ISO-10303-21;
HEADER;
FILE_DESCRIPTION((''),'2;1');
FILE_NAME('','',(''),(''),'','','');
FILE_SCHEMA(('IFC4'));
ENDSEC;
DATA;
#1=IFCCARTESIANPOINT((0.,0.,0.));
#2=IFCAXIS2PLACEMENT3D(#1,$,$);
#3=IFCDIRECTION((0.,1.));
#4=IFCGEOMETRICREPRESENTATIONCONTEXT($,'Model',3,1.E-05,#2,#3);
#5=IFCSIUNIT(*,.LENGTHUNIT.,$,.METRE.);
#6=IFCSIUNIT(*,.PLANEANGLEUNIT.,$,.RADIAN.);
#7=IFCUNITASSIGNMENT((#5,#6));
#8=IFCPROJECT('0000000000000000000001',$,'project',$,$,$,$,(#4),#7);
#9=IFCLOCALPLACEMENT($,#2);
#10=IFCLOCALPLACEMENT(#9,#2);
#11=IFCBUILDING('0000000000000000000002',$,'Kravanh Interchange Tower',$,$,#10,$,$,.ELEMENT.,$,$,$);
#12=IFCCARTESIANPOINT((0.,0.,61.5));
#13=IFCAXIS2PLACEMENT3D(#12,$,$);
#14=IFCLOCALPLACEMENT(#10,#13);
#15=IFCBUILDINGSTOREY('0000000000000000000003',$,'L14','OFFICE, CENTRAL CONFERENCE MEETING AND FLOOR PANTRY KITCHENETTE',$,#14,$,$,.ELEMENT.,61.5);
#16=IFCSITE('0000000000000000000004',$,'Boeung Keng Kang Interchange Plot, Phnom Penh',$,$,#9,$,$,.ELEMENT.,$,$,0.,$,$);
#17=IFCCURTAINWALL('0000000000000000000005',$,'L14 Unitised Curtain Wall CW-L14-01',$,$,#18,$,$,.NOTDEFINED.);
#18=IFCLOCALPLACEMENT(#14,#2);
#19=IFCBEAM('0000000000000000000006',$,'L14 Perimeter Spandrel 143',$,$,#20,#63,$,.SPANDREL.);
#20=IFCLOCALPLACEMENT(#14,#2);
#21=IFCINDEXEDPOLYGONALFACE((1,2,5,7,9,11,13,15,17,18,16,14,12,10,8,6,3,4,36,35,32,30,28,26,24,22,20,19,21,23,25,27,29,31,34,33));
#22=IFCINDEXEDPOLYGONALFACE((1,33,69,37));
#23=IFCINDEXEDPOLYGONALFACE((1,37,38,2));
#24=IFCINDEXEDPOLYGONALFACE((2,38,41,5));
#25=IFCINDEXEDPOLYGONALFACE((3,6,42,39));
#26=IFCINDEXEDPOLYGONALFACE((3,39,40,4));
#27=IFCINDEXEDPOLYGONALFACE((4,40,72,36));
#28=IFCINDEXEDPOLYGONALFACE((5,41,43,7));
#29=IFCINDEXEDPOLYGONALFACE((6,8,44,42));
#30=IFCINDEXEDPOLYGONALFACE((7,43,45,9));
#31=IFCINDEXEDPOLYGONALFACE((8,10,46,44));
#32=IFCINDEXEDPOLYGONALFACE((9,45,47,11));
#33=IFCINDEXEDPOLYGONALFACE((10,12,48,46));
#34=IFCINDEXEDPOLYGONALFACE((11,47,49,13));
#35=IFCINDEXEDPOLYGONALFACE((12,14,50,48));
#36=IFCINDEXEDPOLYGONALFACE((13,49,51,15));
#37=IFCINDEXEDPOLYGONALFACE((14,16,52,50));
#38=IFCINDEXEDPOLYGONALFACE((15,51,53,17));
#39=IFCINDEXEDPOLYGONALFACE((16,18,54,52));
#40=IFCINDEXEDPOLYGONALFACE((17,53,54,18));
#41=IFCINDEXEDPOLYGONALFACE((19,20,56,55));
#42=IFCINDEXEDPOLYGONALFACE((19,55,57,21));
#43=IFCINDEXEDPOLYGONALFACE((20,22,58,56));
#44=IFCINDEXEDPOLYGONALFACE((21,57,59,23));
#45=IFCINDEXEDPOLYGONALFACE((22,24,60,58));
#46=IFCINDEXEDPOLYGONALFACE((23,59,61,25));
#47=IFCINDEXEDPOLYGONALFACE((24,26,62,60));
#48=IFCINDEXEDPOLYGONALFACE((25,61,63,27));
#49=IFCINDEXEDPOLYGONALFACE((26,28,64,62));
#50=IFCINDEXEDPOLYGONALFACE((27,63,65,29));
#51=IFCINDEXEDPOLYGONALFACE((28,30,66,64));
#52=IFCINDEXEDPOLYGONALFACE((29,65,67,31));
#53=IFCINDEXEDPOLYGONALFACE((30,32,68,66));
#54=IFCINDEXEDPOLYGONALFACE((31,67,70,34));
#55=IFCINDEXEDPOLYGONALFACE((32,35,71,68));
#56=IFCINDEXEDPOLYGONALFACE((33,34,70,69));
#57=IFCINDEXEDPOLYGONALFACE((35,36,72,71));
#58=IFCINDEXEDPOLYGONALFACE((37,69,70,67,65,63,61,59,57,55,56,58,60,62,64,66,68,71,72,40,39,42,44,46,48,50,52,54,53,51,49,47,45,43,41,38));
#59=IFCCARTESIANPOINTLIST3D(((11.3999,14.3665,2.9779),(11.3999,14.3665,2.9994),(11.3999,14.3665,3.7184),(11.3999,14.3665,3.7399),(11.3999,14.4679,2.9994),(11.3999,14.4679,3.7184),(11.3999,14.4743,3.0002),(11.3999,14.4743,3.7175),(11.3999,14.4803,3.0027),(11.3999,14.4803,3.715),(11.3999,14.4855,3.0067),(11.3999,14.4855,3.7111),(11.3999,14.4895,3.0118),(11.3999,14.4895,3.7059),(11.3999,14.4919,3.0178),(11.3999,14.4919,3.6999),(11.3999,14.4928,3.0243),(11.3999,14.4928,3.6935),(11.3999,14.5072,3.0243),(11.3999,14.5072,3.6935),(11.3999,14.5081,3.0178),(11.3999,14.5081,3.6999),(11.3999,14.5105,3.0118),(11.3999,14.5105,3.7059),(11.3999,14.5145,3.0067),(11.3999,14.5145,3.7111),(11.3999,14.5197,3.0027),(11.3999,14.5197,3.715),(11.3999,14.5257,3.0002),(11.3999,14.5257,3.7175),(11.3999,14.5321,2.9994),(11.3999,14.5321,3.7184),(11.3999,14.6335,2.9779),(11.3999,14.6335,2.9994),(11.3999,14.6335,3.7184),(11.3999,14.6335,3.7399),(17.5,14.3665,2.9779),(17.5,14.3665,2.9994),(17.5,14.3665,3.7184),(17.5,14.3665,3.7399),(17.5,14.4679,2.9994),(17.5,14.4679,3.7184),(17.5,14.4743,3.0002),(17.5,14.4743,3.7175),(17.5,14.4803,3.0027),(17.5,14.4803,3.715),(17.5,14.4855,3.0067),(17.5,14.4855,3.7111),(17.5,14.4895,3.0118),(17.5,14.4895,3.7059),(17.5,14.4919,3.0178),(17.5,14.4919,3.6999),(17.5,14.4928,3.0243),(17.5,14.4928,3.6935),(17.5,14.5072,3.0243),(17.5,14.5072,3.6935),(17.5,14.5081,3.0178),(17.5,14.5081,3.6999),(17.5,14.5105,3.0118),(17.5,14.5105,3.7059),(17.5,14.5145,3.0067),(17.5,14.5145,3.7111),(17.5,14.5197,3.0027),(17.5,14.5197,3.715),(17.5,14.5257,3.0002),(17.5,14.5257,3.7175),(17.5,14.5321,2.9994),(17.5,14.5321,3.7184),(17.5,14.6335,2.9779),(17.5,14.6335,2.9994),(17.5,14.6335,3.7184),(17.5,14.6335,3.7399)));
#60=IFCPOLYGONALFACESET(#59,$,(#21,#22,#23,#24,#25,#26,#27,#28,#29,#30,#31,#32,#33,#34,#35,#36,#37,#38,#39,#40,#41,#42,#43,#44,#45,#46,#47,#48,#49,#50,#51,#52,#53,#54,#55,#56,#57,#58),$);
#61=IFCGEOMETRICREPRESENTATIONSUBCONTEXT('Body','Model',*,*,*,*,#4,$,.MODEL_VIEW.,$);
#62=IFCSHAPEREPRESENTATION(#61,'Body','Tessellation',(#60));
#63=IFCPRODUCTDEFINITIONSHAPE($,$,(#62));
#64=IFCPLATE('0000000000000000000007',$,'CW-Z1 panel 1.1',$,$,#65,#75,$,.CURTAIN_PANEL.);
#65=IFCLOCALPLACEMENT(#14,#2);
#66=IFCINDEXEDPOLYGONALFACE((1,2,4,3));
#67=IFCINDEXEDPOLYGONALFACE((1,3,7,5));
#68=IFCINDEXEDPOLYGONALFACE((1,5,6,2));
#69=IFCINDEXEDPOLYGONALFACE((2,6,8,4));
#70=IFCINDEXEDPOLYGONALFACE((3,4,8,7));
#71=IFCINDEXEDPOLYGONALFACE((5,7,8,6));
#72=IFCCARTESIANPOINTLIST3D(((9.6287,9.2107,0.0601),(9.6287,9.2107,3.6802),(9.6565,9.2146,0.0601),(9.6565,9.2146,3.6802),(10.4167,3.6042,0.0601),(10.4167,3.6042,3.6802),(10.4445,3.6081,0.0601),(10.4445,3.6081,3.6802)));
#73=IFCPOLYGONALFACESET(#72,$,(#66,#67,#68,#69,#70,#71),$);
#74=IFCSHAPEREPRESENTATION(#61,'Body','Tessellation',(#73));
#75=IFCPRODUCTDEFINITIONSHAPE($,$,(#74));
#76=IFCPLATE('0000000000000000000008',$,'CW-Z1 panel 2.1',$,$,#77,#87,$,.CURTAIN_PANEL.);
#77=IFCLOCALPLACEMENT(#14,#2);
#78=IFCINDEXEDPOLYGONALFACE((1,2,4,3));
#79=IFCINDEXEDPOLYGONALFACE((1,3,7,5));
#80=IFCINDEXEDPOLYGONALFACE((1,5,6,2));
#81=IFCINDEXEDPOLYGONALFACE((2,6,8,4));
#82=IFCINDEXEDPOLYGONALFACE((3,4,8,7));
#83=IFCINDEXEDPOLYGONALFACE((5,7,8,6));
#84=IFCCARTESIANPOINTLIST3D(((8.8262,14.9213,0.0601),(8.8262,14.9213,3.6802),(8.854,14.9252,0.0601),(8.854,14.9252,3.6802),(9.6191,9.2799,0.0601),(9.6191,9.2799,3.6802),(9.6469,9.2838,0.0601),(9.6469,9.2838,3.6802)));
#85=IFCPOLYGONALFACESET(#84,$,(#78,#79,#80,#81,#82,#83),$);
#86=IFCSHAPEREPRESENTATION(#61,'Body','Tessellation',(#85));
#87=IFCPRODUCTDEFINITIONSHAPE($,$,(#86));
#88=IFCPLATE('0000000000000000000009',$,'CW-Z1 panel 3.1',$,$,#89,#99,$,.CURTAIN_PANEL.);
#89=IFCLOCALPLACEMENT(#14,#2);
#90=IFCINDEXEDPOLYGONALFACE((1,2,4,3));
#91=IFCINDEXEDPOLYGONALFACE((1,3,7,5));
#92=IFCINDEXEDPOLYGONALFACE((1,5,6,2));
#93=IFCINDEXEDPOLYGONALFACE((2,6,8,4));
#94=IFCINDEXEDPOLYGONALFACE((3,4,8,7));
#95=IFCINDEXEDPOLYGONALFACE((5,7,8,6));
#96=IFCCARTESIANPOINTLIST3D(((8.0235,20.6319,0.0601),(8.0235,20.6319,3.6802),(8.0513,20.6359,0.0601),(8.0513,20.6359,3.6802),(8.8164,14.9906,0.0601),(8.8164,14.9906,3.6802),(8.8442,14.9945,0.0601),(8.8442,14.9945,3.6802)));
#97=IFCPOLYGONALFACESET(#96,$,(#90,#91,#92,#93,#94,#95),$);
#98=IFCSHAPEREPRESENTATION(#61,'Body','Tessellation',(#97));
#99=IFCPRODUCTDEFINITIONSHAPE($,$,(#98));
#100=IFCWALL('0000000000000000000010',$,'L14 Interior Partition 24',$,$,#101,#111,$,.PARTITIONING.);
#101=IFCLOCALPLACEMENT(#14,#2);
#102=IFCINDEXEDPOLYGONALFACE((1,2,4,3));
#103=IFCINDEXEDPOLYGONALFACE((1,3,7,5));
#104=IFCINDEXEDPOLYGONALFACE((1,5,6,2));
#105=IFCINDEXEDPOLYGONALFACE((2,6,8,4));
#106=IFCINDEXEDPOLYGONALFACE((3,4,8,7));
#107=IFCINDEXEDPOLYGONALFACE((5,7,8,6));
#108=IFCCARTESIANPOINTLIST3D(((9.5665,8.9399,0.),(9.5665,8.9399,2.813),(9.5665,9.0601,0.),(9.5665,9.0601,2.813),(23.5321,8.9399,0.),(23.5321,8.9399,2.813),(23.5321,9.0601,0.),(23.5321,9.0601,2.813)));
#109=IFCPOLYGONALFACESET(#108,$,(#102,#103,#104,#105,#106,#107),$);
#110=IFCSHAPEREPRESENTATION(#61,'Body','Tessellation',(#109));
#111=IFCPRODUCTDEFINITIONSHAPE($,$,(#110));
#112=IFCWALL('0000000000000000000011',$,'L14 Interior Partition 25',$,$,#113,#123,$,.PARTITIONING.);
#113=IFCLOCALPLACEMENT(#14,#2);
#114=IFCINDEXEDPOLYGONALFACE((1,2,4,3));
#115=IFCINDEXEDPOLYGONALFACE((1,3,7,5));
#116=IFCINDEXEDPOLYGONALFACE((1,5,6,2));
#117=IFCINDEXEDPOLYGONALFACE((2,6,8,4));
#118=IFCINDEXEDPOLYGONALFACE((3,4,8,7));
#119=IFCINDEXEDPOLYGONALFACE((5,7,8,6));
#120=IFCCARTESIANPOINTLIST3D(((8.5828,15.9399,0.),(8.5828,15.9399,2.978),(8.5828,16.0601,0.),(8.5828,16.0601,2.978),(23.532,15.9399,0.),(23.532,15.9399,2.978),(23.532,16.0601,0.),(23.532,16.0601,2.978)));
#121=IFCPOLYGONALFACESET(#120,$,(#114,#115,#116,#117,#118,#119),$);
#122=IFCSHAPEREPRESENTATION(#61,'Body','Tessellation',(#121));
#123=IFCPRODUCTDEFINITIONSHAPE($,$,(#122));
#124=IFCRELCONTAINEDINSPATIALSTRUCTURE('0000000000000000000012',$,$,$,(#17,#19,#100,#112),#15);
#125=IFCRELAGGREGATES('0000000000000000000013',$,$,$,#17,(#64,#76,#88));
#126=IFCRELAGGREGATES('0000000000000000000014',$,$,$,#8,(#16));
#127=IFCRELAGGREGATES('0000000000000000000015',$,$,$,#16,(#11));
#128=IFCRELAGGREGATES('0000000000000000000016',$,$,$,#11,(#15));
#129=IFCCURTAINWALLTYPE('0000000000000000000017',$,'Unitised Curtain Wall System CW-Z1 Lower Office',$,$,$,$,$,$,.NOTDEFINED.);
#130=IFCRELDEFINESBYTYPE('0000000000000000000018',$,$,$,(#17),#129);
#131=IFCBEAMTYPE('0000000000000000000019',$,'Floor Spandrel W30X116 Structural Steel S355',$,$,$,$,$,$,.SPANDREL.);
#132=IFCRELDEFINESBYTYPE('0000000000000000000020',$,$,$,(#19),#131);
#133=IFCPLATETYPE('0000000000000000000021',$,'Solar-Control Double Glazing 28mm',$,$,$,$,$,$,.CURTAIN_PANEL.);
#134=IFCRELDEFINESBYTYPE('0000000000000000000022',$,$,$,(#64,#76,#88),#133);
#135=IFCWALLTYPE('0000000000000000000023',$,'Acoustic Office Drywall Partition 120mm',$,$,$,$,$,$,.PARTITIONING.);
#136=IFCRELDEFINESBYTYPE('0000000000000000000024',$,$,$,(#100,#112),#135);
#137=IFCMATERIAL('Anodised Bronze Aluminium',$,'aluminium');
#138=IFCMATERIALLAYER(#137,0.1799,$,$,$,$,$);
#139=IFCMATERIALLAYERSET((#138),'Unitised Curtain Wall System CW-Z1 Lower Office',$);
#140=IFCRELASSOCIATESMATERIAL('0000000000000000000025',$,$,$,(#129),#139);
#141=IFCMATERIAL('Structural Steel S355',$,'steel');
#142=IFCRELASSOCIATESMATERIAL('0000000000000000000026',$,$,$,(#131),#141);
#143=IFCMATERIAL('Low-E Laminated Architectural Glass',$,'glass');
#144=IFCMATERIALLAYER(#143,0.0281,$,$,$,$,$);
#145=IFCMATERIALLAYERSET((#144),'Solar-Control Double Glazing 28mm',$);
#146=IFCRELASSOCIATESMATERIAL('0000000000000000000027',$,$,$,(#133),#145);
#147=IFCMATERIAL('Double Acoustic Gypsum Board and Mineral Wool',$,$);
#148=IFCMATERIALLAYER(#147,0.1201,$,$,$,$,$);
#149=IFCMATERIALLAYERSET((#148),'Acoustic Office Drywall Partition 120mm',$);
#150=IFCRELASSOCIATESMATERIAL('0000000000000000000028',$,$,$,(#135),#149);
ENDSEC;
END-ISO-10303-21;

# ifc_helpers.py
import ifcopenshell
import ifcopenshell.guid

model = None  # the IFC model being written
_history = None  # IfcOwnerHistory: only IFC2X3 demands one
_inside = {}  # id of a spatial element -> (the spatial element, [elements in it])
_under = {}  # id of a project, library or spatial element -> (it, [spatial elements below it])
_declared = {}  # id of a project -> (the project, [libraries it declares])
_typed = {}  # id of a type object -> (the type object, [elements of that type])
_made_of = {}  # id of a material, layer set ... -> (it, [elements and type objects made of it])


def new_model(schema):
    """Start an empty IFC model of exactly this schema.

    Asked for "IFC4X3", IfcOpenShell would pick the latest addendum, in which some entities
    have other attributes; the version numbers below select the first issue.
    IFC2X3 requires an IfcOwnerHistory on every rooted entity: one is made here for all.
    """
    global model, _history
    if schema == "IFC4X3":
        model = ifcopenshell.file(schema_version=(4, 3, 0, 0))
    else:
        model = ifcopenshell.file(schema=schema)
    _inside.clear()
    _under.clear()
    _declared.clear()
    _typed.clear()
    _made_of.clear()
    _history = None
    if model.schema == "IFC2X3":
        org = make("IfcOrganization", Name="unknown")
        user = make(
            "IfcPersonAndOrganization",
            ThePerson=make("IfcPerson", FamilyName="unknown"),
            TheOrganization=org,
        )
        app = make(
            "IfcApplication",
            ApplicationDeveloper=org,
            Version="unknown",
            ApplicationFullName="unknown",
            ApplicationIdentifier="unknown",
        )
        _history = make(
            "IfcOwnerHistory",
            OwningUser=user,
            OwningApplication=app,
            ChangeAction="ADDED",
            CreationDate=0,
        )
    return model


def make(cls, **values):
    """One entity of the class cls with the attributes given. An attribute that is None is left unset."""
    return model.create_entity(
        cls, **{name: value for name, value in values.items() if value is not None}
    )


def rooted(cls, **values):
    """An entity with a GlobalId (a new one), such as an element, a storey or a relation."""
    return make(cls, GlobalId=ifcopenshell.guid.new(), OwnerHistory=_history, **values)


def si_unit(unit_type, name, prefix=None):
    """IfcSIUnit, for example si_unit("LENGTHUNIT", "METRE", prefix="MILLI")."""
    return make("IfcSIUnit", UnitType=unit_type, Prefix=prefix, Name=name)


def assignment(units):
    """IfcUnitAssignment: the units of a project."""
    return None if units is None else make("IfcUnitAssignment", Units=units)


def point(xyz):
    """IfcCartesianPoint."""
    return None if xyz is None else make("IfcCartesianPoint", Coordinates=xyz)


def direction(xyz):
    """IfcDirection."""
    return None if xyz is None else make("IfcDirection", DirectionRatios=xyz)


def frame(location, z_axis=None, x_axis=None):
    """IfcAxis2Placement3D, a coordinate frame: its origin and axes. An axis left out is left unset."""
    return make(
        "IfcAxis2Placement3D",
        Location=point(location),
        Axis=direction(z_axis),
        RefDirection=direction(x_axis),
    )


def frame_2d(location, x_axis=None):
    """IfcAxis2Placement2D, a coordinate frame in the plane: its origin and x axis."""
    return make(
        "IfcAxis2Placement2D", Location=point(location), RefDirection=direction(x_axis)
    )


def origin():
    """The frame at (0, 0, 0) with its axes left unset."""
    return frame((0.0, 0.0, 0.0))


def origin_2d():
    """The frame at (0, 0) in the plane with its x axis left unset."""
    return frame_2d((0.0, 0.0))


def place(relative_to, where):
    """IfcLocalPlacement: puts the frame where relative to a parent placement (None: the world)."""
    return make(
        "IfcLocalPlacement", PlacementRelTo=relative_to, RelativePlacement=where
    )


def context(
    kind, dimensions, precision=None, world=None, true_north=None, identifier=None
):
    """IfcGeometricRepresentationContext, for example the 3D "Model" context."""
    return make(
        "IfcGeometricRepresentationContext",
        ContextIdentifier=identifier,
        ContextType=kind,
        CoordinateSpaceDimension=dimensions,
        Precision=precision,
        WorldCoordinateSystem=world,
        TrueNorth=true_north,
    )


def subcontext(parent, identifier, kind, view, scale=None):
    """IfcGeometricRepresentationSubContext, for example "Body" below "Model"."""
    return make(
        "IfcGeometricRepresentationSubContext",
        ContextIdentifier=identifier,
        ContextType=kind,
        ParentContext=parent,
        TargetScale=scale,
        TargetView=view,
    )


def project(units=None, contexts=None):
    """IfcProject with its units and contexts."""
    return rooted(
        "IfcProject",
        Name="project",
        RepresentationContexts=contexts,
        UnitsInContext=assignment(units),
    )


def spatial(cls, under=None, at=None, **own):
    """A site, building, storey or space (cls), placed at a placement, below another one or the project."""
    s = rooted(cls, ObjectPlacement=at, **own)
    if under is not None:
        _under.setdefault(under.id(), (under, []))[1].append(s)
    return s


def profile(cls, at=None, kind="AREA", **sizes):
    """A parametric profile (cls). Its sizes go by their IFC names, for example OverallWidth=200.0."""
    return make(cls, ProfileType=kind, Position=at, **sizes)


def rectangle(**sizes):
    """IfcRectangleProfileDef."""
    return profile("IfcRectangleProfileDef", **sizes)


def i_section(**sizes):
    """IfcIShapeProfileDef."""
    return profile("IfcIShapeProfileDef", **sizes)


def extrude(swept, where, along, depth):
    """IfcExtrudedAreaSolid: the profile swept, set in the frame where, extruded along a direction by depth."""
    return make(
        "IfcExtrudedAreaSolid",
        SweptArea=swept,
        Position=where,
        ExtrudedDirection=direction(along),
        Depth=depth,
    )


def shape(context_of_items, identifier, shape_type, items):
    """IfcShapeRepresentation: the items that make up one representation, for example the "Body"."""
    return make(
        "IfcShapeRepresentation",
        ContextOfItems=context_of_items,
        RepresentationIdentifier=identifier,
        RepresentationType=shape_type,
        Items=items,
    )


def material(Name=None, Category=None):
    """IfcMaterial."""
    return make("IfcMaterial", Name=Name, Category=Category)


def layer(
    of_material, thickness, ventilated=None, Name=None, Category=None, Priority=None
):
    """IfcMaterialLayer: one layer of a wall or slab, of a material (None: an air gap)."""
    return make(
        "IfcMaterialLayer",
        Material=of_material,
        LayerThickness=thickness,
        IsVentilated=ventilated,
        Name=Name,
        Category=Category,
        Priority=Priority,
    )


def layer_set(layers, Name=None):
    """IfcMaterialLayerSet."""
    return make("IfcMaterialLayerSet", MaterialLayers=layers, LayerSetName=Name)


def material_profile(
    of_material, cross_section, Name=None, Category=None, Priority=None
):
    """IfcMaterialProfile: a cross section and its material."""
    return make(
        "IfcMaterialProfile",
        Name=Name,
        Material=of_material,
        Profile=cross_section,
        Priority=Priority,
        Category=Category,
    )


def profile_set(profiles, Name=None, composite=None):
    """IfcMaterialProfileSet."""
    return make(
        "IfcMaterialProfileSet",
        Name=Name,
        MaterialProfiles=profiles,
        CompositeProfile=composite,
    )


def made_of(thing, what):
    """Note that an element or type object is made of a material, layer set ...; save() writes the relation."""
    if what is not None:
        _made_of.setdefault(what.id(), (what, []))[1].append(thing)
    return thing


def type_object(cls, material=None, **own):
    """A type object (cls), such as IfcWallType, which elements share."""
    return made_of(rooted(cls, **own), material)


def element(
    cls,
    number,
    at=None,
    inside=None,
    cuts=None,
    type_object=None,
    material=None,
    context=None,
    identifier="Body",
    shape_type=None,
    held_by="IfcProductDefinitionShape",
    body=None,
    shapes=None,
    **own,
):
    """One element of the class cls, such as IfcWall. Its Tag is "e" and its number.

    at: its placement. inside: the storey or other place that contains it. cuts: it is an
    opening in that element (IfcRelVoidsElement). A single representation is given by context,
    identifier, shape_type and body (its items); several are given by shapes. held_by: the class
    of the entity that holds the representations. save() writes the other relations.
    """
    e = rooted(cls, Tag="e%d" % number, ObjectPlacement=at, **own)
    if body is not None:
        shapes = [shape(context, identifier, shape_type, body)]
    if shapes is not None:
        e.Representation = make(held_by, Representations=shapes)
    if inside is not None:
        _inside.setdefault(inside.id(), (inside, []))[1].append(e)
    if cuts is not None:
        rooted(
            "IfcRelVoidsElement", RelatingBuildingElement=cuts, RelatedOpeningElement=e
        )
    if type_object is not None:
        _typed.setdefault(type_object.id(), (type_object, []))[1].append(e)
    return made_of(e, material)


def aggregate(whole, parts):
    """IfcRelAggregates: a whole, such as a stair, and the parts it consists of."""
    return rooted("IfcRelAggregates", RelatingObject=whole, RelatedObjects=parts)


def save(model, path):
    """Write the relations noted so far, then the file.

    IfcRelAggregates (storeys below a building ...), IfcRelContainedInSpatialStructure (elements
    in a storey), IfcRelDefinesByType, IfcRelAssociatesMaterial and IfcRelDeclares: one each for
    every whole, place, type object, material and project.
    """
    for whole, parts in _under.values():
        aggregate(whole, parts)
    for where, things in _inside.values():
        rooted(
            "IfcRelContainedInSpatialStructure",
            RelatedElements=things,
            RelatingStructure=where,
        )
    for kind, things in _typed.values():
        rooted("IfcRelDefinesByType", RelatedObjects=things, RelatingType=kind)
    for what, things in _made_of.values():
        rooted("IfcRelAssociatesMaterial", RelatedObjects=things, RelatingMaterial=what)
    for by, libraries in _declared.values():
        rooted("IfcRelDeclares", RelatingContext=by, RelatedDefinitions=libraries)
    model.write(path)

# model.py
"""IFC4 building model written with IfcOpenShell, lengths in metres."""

from ifc_helpers import new_model, si_unit, direction, frame, frame_2d, origin, origin_2d, place, context, subcontext, project, spatial, rectangle, i_section, extrude, material, layer, layer_set, material_profile, profile_set, type_object, element, aggregate, save


model = new_model("IFC4")

# Units and contexts
model_context = context("Model", 3, precision=1e-05, world=origin(), true_north=direction((0.0, 1.0)))
body_context = subcontext(model_context, "Body", "Model", "MODEL_VIEW")
ifc_project = project(units=[si_unit("LENGTHUNIT", "METRE"), si_unit("PLANEANGLEUNIT", "RADIAN")], contexts=[model_context])

# Site, building, storey
site_placement = place(None, origin())
site = spatial("IfcSite", under=ifc_project, at=site_placement, Name="Boeung Keng Kang Interchange Plot, Phnom Penh", CompositionType="ELEMENT", RefElevation=0.0)
building_placement = place(site_placement, origin())
building = spatial("IfcBuilding", under=site, at=building_placement, Name="Kravanh Interchange Tower", CompositionType="ELEMENT")
storey_placement = place(building_placement, frame((0.0, 0.0, 61.5)))
storey = spatial("IfcBuildingStorey", under=building, at=storey_placement, Name="L14", Description="OFFICE, CENTRAL CONFERENCE MEETING AND FLOOR PANTRY KITCHENETTE", CompositionType="ELEMENT", Elevation=61.5)

# Curtain wall
ifc_material_1 = material(Name="Anodised Bronze Aluminium", Category="aluminium")
ifc_layer_1 = layer(ifc_material_1, 0.1799)
ifc_layer_set_1 = layer_set([ifc_layer_1], Name="Unitised Curtain Wall System CW-Z1 Lower Office")
curtain_wall_type = type_object("IfcCurtainWallType", Name="Unitised Curtain Wall System CW-Z1 Lower Office", PredefinedType="NOTDEFINED", material=ifc_layer_set_1)
curtain_wall_placement = place(storey_placement, origin())
curtain_wall = element("IfcCurtainWall", 1, at=curtain_wall_placement, inside=storey, type_object=curtain_wall_type, Name="L14 Unitised Curtain Wall CW-L14-01", PredefinedType="NOTDEFINED")

# Beam
ifc_material_2 = material(Name="Structural Steel S355", Category="steel")
ifc_material_profile_1 = material_profile(ifc_material_2, i_section(OverallWidth=0.2671, OverallDepth=0.762, WebThickness=0.0144, FlangeThickness=0.0215, FilletRadius=0.0249, at=origin_2d()), Name="W30X116")
ifc_profile_set_1 = profile_set([ifc_material_profile_1], Name="Structural Steel S355")
beam_type_1 = type_object("IfcBeamType", Name="Floor Spandrel W30X116 Structural Steel S355", PredefinedType="SPANDREL", material=ifc_profile_set_1)
beam_1_placement = place(storey_placement, frame((11.3999, 14.5, 3.3589), z_axis=(1.0, 0.0, 0.0), x_axis=(0.0, 1.0, 0.0)))
element("IfcBeam", 2, at=beam_1_placement, inside=storey, type_object=beam_type_1, Name="L14 Perimeter Spandrel 143", PredefinedType="SPANDREL", context=body_context, shape_type="SweptSolid", body=[
    extrude(i_section(OverallWidth=0.2671, OverallDepth=0.762, WebThickness=0.0144, FlangeThickness=0.0215, FilletRadius=0.0249, at=origin_2d()), origin(), (0.0, 0.0, 1.0), 6.1001),
])

# Plates
ifc_material_3 = material(Name="Low-E Laminated Architectural Glass", Category="glass")
ifc_layer_2 = layer(ifc_material_3, 0.0281)
ifc_layer_set_2 = layer_set([ifc_layer_2], Name="Solar-Control Double Glazing 28mm")
plate_type = type_object("IfcPlateType", Name="Solar-Control Double Glazing 28mm", PredefinedType="CURTAIN_PANEL", material=ifc_layer_set_2)
plate_1_placement = place(storey_placement, frame((10.0366, 6.4094, 0.0601), z_axis=(0.0, 0.0, 1.0), x_axis=(-0.139177, 0.990268, 0.0)))
plate_1 = element("IfcPlate", 3, at=plate_1_placement, type_object=plate_type, Name="CW-Z1 panel 1.1", PredefinedType="CURTAIN_PANEL", context=body_context, shape_type="SweptSolid", body=[
    extrude(rectangle(XDim=5.6616, YDim=0.0281, at=origin_2d()), origin(), (0.0, 0.0, 1.0), 3.6201),
])
plate_2_placement = place(storey_placement, frame((9.2366, 12.1025, 0.0601), z_axis=(0.0, 0.0, 1.0), x_axis=(-0.139177, 0.990268, 0.0)))
plate_2 = element("IfcPlate", 4, at=plate_2_placement, type_object=plate_type, Name="CW-Z1 panel 2.1", PredefinedType="CURTAIN_PANEL", context=body_context, shape_type="SweptSolid", body=[
    extrude(rectangle(XDim=5.6968, YDim=0.0281, at=origin_2d()), origin(), (0.0, 0.0, 1.0), 3.6201),
])
plate_3_placement = place(storey_placement, frame((8.4338, 17.8132, 0.0601), z_axis=(0.0, 0.0, 1.0), x_axis=(-0.139177, 0.990268, 0.0)))
plate_3 = element("IfcPlate", 5, at=plate_3_placement, type_object=plate_type, Name="CW-Z1 panel 3.1", PredefinedType="CURTAIN_PANEL", context=body_context, shape_type="SweptSolid", body=[
    extrude(rectangle(XDim=5.6968, YDim=0.0281, at=origin_2d()), origin(), (0.0, 0.0, 1.0), 3.6201),
])
aggregate(curtain_wall, [plate_1, plate_2, plate_3])

# Walls
ifc_material_4 = material(Name="Double Acoustic Gypsum Board and Mineral Wool")
ifc_layer_3 = layer(ifc_material_4, 0.1201)
ifc_layer_set_3 = layer_set([ifc_layer_3], Name="Acoustic Office Drywall Partition 120mm")
wall_type = type_object("IfcWallType", Name="Acoustic Office Drywall Partition 120mm", PredefinedType="PARTITIONING", material=ifc_layer_set_3)
wall_1_placement = place(storey_placement, frame((9.5664, 9.0, 0.0), z_axis=(0.0, 0.0, 1.0), x_axis=(1.0, 0.0, 0.0)))
element("IfcWall", 6, at=wall_1_placement, inside=storey, type_object=wall_type, Name="L14 Interior Partition 24", PredefinedType="PARTITIONING", context=body_context, shape_type="SweptSolid", body=[
    extrude(rectangle(XDim=13.9656, YDim=0.1201, at=frame_2d((6.9829, 0.0))), origin(), (0.0, 0.0, 1.0), 2.813),
])
wall_2_placement = place(storey_placement, frame((8.5828, 16.0, 0.0), z_axis=(0.0, 0.0, 1.0), x_axis=(1.0, 0.0, 0.0)))
element("IfcWall", 7, at=wall_2_placement, inside=storey, type_object=wall_type, Name="L14 Interior Partition 25", PredefinedType="PARTITIONING", context=body_context, shape_type="SweptSolid", body=[
    extrude(rectangle(XDim=14.9492, YDim=0.1201, at=frame_2d((7.4746, 0.0))), origin(), (0.0, 0.0, 1.0), 2.978),
])

save(model, "model.ifc")
